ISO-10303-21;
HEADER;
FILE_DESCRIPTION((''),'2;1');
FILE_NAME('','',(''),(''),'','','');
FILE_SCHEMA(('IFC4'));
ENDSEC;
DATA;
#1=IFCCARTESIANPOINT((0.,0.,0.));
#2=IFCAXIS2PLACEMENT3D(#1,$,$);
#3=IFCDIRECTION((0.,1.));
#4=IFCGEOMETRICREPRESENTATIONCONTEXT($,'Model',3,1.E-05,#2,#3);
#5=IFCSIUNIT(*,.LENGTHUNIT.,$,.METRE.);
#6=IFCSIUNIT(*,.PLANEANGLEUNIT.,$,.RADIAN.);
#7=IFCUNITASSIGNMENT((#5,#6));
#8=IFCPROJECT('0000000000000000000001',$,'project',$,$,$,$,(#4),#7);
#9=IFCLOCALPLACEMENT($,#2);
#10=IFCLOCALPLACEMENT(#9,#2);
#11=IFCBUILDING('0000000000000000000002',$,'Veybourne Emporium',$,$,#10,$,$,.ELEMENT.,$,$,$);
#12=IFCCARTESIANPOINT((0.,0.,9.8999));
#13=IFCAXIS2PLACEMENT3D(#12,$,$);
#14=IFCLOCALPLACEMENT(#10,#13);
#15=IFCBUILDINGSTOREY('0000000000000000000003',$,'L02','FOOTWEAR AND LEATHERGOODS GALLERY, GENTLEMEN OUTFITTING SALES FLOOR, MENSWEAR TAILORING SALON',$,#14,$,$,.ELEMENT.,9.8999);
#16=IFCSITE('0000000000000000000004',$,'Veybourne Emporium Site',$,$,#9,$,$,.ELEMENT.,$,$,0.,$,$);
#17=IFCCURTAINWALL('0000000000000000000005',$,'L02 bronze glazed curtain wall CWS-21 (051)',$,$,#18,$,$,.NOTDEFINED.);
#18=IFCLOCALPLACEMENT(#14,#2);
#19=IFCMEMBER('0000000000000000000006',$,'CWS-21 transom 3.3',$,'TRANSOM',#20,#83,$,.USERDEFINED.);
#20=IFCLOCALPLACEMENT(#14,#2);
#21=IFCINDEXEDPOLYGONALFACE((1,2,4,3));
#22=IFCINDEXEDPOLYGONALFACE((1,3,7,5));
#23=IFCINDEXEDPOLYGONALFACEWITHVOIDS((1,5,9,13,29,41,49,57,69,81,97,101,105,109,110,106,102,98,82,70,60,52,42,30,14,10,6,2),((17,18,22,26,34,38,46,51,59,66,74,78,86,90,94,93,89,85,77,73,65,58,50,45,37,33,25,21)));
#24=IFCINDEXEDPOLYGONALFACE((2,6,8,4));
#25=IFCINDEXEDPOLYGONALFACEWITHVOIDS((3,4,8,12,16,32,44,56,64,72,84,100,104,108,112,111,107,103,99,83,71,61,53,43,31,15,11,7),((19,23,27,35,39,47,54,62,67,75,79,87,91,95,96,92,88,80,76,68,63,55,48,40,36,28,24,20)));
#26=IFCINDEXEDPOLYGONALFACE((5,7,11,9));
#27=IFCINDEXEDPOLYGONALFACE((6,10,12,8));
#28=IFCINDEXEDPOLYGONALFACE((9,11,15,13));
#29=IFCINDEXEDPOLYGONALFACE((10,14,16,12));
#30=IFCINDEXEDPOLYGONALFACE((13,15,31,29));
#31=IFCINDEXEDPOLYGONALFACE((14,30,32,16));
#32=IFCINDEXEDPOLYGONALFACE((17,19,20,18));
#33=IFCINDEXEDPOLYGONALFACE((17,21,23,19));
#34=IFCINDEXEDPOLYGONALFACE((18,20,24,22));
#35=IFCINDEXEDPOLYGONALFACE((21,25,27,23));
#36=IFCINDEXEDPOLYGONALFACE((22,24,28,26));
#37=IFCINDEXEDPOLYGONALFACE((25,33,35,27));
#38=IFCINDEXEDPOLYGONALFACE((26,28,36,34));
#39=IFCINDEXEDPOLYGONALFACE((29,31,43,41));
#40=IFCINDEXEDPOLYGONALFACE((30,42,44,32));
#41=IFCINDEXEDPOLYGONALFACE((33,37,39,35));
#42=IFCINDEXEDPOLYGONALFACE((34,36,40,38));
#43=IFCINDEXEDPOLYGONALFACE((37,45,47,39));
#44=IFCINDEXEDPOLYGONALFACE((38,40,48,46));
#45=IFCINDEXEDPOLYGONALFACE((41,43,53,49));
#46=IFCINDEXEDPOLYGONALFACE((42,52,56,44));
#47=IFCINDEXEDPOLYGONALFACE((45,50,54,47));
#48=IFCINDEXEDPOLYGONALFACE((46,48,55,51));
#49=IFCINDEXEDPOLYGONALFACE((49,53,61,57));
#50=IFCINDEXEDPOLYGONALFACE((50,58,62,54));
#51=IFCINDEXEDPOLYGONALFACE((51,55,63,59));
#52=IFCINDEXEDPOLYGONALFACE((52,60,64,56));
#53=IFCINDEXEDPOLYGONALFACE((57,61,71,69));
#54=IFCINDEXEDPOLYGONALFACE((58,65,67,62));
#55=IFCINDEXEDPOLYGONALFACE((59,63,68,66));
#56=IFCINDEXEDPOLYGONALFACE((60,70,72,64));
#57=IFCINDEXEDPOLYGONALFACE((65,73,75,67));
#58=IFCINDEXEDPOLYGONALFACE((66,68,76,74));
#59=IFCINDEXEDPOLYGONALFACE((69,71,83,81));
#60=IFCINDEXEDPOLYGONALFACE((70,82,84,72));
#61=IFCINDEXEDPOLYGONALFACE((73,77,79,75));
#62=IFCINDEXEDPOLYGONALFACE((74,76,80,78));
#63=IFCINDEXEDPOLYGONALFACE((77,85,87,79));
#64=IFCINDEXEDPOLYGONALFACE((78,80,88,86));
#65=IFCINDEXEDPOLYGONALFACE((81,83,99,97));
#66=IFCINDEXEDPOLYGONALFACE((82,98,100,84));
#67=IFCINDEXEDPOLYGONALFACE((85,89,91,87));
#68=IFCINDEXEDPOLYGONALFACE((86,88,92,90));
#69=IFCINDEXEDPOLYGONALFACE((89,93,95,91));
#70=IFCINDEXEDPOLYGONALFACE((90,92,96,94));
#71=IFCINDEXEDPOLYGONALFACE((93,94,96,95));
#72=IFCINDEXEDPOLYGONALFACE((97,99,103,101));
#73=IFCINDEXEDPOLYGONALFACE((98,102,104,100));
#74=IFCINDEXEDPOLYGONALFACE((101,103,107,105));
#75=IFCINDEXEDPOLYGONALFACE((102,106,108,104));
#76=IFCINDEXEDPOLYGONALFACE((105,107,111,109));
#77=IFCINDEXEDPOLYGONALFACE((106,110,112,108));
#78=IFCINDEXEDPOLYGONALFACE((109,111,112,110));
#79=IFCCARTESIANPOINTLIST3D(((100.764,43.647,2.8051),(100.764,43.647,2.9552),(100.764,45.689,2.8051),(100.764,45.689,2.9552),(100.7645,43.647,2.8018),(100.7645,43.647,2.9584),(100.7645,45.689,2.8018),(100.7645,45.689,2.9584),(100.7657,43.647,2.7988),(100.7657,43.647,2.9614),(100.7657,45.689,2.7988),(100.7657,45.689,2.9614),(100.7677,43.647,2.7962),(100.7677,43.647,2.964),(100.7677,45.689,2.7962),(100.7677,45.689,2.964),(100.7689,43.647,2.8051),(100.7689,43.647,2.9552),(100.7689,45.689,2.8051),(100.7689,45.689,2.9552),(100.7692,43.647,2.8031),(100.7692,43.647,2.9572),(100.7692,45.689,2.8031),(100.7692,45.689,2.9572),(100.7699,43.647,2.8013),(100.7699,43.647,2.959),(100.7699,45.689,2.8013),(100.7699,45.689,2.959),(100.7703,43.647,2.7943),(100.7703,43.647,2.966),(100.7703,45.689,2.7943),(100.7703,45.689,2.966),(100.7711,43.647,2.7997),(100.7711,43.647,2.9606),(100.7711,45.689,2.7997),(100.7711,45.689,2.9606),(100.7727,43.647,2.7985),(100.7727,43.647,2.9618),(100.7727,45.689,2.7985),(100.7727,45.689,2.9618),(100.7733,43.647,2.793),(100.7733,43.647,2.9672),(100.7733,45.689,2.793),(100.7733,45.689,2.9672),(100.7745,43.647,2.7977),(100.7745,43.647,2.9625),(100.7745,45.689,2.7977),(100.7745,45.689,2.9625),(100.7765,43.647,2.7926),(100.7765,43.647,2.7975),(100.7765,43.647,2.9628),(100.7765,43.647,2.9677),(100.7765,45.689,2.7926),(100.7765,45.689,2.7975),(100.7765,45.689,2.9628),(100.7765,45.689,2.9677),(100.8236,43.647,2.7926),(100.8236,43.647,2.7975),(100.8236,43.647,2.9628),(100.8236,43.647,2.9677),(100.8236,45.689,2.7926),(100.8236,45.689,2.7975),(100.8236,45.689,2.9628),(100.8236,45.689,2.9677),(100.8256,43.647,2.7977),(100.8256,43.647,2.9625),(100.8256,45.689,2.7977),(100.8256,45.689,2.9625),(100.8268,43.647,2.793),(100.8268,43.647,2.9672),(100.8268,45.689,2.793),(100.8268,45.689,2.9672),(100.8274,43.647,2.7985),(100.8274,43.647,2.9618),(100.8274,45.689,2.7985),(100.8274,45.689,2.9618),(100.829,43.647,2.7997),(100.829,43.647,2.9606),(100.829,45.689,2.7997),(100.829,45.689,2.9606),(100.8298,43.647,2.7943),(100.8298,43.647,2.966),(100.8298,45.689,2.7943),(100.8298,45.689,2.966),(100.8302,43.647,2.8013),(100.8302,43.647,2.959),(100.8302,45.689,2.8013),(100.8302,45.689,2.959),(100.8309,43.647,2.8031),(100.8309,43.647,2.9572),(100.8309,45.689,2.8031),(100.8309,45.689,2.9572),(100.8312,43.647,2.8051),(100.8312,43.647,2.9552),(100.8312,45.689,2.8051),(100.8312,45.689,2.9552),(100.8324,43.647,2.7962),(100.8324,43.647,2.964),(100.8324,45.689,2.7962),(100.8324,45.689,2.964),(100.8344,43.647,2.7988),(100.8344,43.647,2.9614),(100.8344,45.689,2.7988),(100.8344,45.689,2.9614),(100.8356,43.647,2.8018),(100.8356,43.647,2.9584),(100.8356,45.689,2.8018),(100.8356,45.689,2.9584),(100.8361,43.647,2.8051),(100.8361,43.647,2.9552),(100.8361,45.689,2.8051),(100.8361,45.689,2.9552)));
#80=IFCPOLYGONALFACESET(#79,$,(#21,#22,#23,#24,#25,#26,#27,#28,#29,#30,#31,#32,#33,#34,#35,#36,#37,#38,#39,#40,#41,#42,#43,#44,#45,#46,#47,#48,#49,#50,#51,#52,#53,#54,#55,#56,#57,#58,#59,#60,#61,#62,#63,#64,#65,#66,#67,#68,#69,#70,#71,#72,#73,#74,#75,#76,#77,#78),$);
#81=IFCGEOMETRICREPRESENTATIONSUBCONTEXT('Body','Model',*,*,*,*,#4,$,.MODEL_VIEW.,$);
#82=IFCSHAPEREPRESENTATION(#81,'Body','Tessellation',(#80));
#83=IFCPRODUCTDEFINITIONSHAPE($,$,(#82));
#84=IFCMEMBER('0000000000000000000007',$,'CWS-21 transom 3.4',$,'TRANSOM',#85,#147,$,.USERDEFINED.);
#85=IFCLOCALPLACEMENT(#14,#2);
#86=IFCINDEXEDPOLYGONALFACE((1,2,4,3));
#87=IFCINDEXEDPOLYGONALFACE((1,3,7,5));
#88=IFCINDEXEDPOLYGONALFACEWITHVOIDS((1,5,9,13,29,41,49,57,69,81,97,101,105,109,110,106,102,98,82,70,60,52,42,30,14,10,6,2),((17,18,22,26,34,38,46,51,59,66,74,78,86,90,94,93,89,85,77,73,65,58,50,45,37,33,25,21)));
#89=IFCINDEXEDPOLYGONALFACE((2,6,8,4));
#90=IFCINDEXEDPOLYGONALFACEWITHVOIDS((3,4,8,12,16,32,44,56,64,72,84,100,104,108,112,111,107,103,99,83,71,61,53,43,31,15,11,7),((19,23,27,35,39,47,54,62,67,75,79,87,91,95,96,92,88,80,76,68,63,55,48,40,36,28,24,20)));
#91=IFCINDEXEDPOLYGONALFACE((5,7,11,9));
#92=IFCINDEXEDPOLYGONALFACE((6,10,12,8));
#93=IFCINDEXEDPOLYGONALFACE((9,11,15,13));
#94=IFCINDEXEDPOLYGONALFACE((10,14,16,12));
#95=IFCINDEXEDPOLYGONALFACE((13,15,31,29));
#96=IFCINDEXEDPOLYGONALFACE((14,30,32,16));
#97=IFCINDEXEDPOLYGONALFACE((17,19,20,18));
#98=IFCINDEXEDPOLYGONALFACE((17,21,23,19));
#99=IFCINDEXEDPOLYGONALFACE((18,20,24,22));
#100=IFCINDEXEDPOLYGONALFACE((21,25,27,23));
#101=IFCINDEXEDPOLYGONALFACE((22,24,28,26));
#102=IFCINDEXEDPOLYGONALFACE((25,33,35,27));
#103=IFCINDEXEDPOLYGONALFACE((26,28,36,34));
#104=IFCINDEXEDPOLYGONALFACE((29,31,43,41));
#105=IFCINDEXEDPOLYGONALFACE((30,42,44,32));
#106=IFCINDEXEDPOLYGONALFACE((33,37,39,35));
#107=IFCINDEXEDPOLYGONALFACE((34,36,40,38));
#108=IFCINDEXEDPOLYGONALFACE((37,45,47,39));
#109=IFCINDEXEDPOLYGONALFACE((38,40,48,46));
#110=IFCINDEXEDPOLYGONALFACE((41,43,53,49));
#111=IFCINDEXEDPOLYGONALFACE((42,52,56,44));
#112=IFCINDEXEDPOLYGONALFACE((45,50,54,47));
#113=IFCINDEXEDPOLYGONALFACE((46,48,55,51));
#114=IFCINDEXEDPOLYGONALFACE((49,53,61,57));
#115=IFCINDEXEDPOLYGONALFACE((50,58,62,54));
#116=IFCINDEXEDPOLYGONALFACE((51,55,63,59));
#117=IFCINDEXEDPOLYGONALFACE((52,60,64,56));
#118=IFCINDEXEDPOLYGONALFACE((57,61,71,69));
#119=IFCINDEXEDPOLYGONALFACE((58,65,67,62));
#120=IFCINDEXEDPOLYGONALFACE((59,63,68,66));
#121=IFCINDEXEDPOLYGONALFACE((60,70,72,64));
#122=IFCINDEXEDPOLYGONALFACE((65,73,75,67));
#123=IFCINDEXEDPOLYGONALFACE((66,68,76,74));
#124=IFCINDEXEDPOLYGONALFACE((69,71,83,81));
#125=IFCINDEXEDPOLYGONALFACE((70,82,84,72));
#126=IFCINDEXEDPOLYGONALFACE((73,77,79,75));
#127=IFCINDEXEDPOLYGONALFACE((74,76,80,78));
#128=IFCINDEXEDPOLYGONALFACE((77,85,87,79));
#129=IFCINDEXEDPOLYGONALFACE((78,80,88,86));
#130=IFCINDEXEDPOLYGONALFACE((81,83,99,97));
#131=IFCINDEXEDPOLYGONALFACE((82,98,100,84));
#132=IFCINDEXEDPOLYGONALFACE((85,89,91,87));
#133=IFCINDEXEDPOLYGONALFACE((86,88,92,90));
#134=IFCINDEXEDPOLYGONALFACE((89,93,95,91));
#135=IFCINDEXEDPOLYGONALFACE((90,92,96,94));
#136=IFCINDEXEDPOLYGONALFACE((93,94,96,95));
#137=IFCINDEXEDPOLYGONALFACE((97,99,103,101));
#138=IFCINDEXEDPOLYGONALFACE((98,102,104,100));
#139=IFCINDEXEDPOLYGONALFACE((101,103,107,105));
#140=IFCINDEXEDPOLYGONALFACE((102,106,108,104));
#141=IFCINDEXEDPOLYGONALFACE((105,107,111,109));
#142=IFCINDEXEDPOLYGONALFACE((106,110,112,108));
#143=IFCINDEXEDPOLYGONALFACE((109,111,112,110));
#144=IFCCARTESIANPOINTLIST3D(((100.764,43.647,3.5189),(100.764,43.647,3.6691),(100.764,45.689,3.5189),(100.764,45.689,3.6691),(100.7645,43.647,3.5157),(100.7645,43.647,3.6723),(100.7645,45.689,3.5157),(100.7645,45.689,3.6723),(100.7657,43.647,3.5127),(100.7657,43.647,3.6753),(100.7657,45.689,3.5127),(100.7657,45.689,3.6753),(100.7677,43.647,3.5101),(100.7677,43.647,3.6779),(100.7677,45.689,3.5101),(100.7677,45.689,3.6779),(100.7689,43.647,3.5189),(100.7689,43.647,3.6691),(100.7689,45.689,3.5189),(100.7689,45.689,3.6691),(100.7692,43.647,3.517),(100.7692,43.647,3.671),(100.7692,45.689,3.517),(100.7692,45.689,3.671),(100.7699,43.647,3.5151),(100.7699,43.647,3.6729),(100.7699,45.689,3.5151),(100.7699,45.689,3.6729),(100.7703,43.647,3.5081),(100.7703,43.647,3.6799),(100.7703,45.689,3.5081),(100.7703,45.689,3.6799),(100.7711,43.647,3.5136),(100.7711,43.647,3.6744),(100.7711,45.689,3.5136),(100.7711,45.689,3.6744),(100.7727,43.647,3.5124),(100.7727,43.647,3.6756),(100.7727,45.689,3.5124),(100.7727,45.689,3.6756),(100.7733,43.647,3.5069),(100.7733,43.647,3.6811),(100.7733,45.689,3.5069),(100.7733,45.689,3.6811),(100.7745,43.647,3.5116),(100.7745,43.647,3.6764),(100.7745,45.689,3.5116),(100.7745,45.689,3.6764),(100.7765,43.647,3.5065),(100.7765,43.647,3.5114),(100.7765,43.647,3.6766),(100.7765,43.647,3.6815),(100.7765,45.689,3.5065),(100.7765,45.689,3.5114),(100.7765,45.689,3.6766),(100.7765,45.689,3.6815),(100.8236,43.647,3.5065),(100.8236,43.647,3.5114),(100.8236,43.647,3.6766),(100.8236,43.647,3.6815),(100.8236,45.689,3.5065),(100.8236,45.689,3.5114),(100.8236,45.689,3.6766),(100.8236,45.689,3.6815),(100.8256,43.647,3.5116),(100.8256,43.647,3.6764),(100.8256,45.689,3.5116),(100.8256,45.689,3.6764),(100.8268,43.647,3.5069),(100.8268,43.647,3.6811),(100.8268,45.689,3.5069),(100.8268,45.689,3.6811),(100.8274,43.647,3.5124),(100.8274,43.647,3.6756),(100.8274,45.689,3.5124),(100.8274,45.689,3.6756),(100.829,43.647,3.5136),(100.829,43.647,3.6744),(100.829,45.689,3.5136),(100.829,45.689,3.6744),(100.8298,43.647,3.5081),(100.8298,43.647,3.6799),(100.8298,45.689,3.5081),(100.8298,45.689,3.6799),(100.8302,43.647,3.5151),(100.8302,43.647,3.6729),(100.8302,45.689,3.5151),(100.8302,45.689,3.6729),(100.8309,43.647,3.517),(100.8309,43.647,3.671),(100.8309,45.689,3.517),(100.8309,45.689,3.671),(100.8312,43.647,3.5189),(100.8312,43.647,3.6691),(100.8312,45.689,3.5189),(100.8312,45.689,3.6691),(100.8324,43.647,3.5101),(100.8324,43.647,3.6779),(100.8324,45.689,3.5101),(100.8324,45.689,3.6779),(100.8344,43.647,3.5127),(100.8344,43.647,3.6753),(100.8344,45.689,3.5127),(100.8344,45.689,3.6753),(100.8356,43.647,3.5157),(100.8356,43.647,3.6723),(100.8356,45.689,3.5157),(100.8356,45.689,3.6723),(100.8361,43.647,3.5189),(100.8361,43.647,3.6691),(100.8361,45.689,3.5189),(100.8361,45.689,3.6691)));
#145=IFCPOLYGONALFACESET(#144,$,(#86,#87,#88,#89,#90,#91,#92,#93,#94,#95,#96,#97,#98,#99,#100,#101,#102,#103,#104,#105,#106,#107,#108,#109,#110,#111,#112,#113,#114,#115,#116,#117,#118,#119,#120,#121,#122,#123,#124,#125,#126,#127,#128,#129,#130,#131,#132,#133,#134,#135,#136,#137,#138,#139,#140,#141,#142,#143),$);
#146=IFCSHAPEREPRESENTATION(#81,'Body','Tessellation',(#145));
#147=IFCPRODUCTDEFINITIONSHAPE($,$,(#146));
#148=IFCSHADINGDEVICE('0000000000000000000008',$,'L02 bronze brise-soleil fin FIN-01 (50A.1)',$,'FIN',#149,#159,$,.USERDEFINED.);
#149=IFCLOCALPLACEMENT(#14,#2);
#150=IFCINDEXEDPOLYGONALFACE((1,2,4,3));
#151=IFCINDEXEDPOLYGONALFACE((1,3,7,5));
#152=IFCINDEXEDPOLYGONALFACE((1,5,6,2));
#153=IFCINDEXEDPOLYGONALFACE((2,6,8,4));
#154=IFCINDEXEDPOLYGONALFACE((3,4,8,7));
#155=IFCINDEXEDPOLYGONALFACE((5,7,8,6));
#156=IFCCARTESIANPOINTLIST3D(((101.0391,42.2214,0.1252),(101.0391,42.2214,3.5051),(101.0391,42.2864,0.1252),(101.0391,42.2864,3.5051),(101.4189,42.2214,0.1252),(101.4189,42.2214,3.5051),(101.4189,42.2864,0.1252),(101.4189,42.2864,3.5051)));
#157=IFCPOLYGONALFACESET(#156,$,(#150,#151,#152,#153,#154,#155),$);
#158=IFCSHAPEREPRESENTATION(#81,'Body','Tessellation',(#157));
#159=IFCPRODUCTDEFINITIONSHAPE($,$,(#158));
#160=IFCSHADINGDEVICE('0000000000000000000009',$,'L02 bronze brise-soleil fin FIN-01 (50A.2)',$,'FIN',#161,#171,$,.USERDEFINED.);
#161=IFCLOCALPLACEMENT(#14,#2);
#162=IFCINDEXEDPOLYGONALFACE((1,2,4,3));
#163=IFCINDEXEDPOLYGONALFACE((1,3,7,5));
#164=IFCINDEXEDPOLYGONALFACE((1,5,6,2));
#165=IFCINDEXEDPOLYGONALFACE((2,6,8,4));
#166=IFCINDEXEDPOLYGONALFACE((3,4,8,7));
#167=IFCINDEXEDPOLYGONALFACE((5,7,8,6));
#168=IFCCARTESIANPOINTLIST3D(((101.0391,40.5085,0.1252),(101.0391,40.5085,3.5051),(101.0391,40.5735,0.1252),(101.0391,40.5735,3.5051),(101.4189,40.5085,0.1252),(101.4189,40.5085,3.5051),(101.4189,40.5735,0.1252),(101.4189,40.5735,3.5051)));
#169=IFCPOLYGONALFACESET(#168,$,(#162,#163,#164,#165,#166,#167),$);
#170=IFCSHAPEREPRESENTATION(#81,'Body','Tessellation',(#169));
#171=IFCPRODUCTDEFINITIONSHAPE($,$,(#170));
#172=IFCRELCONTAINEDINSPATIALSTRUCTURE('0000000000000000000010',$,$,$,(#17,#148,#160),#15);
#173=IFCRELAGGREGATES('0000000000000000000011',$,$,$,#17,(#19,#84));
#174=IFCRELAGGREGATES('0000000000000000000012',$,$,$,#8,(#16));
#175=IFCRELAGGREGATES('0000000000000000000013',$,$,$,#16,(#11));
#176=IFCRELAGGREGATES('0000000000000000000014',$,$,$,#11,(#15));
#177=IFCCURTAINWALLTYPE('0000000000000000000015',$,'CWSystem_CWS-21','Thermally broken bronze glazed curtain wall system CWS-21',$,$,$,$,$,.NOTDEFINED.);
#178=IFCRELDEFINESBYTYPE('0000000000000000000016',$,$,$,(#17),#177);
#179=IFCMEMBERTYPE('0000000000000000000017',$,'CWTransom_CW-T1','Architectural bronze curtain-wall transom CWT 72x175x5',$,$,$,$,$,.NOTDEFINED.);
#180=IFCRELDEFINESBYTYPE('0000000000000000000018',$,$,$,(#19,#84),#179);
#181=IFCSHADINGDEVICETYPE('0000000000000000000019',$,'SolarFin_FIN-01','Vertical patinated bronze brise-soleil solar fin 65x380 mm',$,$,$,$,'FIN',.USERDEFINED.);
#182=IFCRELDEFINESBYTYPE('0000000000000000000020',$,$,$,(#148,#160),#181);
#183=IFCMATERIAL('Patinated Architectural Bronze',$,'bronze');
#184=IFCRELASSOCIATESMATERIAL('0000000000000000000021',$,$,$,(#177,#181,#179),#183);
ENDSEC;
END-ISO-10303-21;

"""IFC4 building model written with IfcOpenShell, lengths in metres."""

from ifc_helpers import new_model, si_unit, direction, frame, origin, origin_2d, place, context, subcontext, project, spatial, rectangle, hollow_rectangle, extrude, material, material_profile, profile_set, type_object, element, aggregate, save


model = new_model("IFC4")

# Units and contexts
model_context = context("Model", 3, precision=1e-05, world=origin(), true_north=direction((0.0, 1.0)))
body_context = subcontext(model_context, "Body", "Model", "MODEL_VIEW")
ifc_project = project(units=[si_unit("LENGTHUNIT", "METRE"), si_unit("PLANEANGLEUNIT", "RADIAN")], contexts=[model_context])

# Site, building, storey
site_placement = place(None, origin())
site = spatial("IfcSite", under=ifc_project, at=site_placement, Name="Veybourne Emporium Site", CompositionType="ELEMENT", RefElevation=0.0)
building_placement = place(site_placement, origin())
building = spatial("IfcBuilding", under=site, at=building_placement, Name="Veybourne Emporium", CompositionType="ELEMENT")
storey_placement = place(building_placement, frame((0.0, 0.0, 9.8999)))
storey = spatial("IfcBuildingStorey", under=building, at=storey_placement, Name="L02", Description="FOOTWEAR AND LEATHERGOODS GALLERY, GENTLEMEN OUTFITTING SALES FLOOR, MENSWEAR TAILORING SALON", CompositionType="ELEMENT", Elevation=9.8999)

# Curtain wall, members
ifc_material_1 = material(Name="Patinated Architectural Bronze", Category="bronze")
curtain_wall_type = type_object("IfcCurtainWallType", Name="CWSystem_CWS-21", Description="Thermally broken bronze glazed curtain wall system CWS-21", PredefinedType="NOTDEFINED", material=ifc_material_1)
curtain_wall_placement = place(storey_placement, origin())
curtain_wall = element("IfcCurtainWall", 1, at=curtain_wall_placement, inside=storey, type_object=curtain_wall_type, Name="L02 bronze glazed curtain wall CWS-21 (051)", PredefinedType="NOTDEFINED")
ifc_material_profile = material_profile(ifc_material_1, hollow_rectangle(XDim=0.072, YDim=0.175, WallThickness=0.0049, InnerFilletRadius=0.0076, OuterFilletRadius=0.0125, at=origin_2d()), Name="CWT 72x175x5")
ifc_profile_set = profile_set([ifc_material_profile], Name="Patinated Architectural Bronze")
member_type = type_object("IfcMemberType", Name="CWTransom_CW-T1", Description="Architectural bronze curtain-wall transom CWT 72x175x5", PredefinedType="NOTDEFINED", material=ifc_profile_set)
member_1_placement = place(storey_placement, frame((100.8, 45.689, 2.8801), z_axis=(0.0, -1.0, 0.0), x_axis=(1.0, 0.0, 0.0)))
member_1 = element("IfcMember", 2, at=member_1_placement, type_object=member_type, Name="CWS-21 transom 3.3", ObjectType="TRANSOM", PredefinedType="USERDEFINED", context=body_context, shape_type="SweptSolid", body=[
    extrude(hollow_rectangle(XDim=0.072, YDim=0.175, WallThickness=0.0049, InnerFilletRadius=0.0076, OuterFilletRadius=0.0125, at=origin_2d()), origin(), (0.0, 0.0, 1.0), 2.042),
])
member_2_placement = place(storey_placement, frame((100.8, 45.689, 3.594), z_axis=(0.0, -1.0, 0.0), x_axis=(1.0, 0.0, 0.0)))
member_2 = element("IfcMember", 3, at=member_2_placement, type_object=member_type, Name="CWS-21 transom 3.4", ObjectType="TRANSOM", PredefinedType="USERDEFINED", context=body_context, shape_type="SweptSolid", body=[
    extrude(hollow_rectangle(XDim=0.072, YDim=0.175, WallThickness=0.0049, InnerFilletRadius=0.0076, OuterFilletRadius=0.0125, at=origin_2d()), origin(), (0.0, 0.0, 1.0), 2.042),
])
aggregate(curtain_wall, [member_1, member_2])

# Shading devices
shading_device_type = type_object("IfcShadingDeviceType", Name="SolarFin_FIN-01", Description="Vertical patinated bronze brise-soleil solar fin 65x380 mm", ElementType="FIN", PredefinedType="USERDEFINED", material=ifc_material_1)
for number, where, z_axis, x_axis, name in (
    (4, (101.229, 42.2539, 0.1252), (0.0, 0.0, 1.0), (0.0, -1.0, 0.0), "L02 bronze brise-soleil fin FIN-01 (50A.1)"),
    (5, (101.229, 40.541, 0.1252), (0.0, 0.0, 1.0), (0.0, -1.0, 0.0), "L02 bronze brise-soleil fin FIN-01 (50A.2)"),
):
    element("IfcShadingDevice", number, at=place(storey_placement, frame(where, z_axis=z_axis, x_axis=x_axis)), inside=storey, type_object=shading_device_type, Name=name, ObjectType="FIN", PredefinedType="USERDEFINED", context=body_context, shape_type="SweptSolid", body=[
        extrude(rectangle(XDim=0.0649, YDim=0.3799, at=origin_2d()), origin(), (0.0, 0.0, 1.0), 3.3799),
    ])

save(model, "model.ifc")
